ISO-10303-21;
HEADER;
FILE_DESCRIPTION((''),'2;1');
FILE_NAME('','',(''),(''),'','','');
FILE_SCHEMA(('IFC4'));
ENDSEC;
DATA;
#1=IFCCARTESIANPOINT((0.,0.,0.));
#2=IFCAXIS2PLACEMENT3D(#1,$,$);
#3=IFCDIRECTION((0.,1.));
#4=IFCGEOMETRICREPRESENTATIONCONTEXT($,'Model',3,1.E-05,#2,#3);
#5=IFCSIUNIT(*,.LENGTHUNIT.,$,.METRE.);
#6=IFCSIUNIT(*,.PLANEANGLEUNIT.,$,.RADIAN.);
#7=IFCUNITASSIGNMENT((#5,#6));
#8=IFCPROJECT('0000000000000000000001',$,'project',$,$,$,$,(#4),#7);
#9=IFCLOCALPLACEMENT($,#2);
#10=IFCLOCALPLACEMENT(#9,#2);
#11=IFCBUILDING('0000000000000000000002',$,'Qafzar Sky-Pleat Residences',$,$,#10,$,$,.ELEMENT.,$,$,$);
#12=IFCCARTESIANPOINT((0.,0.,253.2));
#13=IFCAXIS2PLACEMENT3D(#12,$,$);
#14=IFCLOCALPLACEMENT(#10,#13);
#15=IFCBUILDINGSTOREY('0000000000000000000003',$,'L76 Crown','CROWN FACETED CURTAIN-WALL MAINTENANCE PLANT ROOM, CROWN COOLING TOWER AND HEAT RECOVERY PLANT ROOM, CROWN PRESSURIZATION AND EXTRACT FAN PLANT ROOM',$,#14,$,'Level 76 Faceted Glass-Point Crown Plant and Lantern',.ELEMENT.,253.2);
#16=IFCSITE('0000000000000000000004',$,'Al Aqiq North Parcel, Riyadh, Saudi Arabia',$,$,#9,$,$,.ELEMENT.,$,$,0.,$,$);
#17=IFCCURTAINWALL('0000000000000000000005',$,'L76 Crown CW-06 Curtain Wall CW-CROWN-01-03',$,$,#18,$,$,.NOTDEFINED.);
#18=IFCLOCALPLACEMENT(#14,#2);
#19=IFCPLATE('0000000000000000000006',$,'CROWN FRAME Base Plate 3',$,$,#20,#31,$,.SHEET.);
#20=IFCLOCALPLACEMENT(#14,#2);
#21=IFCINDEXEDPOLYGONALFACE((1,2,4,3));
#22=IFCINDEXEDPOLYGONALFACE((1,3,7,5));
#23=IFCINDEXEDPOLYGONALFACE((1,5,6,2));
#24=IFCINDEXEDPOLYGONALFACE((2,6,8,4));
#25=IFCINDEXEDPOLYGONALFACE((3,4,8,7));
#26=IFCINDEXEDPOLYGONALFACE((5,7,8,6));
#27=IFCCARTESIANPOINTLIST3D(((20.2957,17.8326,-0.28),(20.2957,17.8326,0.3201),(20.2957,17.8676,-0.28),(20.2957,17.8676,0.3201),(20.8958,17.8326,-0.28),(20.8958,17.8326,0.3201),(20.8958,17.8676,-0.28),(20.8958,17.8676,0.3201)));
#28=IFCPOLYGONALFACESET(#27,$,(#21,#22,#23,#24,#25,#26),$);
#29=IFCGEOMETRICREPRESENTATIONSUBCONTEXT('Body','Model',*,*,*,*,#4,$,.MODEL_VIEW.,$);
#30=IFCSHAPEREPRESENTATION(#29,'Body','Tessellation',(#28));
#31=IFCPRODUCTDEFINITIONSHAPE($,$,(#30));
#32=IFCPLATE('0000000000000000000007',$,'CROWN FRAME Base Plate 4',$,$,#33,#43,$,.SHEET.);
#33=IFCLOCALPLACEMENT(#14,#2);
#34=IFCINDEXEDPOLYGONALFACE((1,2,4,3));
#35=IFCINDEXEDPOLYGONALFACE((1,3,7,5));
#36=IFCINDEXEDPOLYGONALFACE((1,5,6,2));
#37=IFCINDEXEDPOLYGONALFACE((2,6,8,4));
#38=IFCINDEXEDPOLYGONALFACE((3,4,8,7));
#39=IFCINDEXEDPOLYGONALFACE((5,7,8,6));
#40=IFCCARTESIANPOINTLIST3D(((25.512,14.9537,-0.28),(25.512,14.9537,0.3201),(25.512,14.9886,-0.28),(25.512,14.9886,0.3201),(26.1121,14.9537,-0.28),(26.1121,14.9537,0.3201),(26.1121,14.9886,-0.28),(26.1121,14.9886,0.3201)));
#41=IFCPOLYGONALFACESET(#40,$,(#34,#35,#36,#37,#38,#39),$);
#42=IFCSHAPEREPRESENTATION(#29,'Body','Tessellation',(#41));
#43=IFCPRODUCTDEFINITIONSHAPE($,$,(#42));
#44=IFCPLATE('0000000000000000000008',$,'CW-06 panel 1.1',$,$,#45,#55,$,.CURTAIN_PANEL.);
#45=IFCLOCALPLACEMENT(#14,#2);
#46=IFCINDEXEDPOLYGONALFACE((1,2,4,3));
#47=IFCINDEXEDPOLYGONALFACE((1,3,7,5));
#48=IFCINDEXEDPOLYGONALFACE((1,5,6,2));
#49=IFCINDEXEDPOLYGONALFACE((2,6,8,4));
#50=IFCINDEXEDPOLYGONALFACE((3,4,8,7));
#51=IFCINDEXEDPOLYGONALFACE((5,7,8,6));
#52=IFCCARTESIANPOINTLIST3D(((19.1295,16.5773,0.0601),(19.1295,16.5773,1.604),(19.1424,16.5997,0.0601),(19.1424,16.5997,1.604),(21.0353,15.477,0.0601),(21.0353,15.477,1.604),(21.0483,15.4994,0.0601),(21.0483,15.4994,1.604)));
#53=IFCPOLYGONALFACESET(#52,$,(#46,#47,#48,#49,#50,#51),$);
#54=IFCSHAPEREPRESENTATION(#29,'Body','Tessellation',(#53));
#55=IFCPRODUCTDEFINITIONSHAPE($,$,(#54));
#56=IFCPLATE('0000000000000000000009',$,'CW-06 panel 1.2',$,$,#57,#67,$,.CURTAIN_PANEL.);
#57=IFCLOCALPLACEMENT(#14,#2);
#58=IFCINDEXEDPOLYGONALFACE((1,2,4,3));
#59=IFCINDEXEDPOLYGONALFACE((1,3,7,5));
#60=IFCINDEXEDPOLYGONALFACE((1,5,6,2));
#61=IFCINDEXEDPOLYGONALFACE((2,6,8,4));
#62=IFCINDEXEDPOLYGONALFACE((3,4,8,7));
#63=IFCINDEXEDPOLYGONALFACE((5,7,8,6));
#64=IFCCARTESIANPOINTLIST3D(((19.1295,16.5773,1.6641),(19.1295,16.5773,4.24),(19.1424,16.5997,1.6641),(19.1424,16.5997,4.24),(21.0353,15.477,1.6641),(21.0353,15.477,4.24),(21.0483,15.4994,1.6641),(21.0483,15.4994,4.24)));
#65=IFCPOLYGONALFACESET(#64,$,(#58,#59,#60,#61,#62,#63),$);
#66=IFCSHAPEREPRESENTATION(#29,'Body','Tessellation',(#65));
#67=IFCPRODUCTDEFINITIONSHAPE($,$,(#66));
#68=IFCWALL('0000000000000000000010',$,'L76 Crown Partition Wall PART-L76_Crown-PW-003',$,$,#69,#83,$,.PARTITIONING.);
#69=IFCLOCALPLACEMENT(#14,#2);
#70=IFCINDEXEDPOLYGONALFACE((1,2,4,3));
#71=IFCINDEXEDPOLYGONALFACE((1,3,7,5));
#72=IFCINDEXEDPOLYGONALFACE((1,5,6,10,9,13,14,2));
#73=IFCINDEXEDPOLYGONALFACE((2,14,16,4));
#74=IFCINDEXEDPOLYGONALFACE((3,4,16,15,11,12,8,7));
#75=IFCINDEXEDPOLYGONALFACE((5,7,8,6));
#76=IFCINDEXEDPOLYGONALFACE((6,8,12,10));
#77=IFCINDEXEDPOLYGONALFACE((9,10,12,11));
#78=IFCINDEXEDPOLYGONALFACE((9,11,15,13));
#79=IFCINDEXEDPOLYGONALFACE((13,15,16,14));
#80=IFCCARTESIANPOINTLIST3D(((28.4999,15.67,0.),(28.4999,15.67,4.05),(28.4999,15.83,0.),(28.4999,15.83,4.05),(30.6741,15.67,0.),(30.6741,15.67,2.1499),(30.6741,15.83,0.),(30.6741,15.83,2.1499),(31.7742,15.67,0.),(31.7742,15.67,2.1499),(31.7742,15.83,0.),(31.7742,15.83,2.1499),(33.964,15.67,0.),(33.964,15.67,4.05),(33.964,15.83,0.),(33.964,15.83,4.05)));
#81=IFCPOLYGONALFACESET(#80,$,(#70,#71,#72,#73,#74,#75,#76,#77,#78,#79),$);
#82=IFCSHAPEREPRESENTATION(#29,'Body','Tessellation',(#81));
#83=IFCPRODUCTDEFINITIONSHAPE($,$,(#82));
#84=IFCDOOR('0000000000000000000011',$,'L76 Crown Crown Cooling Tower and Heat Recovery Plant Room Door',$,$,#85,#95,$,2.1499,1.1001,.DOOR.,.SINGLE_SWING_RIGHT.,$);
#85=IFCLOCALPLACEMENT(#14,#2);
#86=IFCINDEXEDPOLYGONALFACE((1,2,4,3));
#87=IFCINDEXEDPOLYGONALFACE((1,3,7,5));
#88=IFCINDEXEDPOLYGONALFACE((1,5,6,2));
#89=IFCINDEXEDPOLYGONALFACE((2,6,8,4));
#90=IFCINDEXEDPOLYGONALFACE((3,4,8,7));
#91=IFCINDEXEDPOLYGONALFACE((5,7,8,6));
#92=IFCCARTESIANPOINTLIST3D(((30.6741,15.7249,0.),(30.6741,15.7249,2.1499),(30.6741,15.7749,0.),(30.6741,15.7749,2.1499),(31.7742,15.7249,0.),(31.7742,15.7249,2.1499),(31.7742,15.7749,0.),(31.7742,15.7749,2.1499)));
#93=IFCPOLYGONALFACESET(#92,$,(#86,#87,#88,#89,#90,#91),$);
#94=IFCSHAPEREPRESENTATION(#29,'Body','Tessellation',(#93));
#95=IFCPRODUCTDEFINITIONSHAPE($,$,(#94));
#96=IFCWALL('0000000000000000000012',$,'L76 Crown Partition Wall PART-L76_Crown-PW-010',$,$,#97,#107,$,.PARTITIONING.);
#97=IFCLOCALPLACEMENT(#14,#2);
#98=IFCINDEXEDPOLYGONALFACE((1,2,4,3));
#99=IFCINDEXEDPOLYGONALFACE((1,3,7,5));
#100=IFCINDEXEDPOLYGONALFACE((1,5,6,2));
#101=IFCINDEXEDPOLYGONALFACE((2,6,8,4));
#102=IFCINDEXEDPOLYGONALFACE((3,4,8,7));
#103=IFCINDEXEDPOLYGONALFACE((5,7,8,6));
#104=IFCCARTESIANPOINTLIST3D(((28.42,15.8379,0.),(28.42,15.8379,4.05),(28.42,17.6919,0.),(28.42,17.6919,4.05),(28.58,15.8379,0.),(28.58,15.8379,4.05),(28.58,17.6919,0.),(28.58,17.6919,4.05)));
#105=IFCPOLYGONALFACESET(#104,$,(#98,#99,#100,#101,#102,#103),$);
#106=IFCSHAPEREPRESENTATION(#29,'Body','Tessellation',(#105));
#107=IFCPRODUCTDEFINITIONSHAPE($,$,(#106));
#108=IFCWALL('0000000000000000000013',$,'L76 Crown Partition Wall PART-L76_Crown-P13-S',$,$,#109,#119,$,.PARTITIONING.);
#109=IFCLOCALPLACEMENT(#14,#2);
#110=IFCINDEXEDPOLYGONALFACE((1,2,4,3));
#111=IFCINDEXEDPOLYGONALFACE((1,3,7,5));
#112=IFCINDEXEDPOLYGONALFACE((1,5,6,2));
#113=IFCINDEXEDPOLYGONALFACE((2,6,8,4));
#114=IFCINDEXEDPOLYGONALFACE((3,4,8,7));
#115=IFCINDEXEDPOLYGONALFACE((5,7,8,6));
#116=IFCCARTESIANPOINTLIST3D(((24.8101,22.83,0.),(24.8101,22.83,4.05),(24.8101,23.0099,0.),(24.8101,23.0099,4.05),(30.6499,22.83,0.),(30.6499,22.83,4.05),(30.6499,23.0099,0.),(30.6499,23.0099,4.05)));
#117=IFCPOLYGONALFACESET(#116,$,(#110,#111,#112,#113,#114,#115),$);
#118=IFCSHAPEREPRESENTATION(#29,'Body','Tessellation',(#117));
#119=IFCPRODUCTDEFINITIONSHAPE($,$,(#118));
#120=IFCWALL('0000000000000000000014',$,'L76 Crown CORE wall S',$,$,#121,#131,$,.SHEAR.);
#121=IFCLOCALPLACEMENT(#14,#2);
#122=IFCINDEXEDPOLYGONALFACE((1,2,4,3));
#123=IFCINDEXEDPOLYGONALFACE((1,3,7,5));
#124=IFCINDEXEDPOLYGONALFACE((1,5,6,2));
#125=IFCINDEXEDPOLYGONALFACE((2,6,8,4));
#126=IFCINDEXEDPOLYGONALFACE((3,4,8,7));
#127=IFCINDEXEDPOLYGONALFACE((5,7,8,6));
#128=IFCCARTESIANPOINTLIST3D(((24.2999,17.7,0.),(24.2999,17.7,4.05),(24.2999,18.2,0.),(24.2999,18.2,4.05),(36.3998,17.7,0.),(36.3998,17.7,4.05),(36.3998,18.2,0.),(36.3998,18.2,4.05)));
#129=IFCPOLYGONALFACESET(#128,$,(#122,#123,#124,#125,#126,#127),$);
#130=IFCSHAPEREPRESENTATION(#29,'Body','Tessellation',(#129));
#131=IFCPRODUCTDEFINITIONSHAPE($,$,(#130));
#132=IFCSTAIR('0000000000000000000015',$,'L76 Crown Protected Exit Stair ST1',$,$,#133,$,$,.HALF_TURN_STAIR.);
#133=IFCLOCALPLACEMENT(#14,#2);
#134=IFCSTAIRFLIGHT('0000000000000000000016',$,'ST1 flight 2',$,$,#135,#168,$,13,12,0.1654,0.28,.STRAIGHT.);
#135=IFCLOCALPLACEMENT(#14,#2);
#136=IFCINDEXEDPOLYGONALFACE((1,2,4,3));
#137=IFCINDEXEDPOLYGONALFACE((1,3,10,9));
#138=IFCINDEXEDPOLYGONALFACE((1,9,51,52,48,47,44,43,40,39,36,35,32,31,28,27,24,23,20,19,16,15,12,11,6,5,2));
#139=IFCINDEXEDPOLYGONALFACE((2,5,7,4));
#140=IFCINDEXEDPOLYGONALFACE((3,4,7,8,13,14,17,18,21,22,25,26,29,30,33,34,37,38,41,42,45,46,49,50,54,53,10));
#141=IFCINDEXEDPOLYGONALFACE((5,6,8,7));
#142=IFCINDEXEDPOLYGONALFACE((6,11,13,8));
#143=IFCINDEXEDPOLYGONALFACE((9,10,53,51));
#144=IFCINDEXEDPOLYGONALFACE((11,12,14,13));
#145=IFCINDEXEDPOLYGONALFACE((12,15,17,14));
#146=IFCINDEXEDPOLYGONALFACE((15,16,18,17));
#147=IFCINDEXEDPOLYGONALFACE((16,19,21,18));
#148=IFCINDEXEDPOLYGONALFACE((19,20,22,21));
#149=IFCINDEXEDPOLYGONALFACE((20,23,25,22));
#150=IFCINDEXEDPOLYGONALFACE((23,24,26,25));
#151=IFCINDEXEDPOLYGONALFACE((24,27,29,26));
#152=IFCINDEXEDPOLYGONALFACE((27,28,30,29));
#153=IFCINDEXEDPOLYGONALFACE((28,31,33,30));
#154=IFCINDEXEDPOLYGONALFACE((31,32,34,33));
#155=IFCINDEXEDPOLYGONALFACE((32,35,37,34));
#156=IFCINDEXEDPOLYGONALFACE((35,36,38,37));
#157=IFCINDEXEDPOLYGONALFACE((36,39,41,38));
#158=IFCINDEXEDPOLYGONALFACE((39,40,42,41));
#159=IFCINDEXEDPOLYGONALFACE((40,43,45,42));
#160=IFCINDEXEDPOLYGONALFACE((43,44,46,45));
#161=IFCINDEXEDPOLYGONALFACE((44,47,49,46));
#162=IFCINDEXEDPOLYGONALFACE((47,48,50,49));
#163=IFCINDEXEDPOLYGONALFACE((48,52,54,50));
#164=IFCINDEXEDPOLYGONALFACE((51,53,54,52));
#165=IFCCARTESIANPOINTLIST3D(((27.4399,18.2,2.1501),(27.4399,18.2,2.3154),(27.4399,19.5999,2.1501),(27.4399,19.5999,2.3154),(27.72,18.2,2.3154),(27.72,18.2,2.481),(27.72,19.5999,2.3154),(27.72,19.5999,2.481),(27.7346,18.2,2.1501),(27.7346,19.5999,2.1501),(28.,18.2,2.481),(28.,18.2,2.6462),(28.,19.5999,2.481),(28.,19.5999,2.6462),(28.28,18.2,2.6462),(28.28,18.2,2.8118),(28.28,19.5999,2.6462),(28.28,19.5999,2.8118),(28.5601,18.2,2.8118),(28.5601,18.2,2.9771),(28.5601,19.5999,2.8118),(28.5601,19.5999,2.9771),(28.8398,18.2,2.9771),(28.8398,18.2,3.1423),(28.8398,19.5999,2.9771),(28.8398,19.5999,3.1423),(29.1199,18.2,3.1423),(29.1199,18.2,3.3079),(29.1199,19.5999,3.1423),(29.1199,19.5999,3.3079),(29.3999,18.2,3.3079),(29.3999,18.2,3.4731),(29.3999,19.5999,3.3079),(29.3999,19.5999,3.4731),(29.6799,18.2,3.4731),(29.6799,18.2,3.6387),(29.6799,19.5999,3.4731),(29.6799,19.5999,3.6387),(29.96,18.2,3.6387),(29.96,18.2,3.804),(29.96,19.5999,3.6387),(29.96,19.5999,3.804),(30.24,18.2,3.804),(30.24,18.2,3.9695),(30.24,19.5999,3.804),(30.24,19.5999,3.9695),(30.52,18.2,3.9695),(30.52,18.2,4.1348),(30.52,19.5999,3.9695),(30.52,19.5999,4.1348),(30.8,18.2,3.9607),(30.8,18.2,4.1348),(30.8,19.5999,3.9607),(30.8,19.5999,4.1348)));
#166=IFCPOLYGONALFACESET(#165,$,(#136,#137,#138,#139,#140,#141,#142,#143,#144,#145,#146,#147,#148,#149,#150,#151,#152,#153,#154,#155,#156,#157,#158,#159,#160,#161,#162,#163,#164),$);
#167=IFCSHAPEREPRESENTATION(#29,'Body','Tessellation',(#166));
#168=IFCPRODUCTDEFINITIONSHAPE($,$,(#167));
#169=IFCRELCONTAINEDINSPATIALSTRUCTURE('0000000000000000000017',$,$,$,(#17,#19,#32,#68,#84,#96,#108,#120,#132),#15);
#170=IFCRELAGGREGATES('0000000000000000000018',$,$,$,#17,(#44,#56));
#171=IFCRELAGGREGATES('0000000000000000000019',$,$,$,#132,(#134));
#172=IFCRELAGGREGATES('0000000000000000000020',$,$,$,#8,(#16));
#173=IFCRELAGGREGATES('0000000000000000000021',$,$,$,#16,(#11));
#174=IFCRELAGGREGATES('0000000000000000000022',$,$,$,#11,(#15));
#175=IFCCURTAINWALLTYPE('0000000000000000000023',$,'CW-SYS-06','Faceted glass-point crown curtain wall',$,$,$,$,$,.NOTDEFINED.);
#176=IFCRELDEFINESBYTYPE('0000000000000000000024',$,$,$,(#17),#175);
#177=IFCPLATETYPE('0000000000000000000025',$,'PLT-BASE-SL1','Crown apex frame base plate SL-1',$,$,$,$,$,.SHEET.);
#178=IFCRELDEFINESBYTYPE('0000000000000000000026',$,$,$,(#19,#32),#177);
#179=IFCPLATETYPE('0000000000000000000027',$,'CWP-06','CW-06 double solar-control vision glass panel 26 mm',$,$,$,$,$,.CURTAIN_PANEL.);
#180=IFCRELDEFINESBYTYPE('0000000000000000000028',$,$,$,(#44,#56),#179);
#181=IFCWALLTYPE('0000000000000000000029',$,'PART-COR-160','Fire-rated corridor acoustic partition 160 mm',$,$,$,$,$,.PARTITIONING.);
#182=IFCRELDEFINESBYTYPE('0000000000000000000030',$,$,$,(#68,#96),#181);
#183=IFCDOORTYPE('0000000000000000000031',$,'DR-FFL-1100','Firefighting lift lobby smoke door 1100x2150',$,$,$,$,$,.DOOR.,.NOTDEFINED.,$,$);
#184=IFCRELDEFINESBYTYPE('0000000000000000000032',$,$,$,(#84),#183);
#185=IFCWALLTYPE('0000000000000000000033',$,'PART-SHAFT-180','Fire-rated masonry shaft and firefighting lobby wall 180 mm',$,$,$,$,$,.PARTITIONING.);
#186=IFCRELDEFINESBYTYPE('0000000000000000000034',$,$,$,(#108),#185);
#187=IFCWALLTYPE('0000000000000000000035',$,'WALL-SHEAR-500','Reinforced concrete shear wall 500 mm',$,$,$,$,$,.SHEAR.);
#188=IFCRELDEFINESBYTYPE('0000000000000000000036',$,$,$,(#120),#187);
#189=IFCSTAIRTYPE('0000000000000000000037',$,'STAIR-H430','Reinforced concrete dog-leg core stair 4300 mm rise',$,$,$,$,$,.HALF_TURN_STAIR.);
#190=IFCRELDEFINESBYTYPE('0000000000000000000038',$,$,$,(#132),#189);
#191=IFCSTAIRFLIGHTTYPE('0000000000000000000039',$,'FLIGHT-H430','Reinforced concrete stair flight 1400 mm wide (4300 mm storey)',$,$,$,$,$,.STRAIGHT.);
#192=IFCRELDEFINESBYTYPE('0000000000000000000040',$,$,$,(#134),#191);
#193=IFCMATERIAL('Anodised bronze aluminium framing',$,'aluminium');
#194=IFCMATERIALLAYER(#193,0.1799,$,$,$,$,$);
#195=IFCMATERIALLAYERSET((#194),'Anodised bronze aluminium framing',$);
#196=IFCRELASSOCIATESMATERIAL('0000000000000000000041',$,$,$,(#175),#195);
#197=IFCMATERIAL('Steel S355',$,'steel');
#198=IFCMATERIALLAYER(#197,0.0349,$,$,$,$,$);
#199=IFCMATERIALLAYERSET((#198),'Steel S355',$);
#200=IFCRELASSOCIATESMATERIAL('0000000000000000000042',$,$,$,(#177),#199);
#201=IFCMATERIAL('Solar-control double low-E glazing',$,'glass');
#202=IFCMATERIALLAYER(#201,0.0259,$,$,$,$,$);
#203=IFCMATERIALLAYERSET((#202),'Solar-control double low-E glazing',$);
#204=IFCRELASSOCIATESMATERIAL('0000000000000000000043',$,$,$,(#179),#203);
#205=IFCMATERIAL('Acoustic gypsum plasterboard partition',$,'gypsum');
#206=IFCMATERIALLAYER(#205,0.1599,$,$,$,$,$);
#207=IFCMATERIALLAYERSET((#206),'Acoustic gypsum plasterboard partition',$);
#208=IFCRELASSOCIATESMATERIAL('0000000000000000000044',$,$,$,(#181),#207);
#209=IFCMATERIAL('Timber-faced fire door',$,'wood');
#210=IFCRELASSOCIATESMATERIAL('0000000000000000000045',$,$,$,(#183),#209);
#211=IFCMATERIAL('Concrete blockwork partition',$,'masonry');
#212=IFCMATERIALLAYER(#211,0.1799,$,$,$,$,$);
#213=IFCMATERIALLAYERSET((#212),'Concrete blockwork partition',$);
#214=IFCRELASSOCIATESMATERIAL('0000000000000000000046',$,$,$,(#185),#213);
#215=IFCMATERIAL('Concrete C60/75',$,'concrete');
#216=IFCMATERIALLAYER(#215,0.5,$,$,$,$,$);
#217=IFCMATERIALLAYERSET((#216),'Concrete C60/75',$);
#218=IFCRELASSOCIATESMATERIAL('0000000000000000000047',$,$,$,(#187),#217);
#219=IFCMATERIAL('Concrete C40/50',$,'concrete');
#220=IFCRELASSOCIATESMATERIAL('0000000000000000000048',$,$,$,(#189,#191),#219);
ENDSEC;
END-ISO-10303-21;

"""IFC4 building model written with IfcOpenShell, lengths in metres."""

from ifc_helpers import new_model, si_unit, direction, frame, frame_2d, origin, origin_2d, place, context, subcontext, project, spatial, polyline, rectangle, outline, extrude, source, transform, mapped, material, layer, layer_set, type_object, element, fill, aggregate, save


model = new_model("IFC4")

# Units and contexts
model_context = context("Model", 3, precision=1e-05, world=origin(), true_north=direction((0.0, 1.0)))
body_context = subcontext(model_context, "Body", "Model", "MODEL_VIEW")
ifc_project = project(units=[si_unit("LENGTHUNIT", "METRE"), si_unit("PLANEANGLEUNIT", "RADIAN")], contexts=[model_context])

# Site, building, storey
site_placement = place(None, origin())
site = spatial("IfcSite", under=ifc_project, at=site_placement, Name="Al Aqiq North Parcel, Riyadh, Saudi Arabia", CompositionType="ELEMENT", RefElevation=0.0)
building_placement = place(site_placement, origin())
building = spatial("IfcBuilding", under=site, at=building_placement, Name="Qafzar Sky-Pleat Residences", CompositionType="ELEMENT")
storey_placement = place(building_placement, frame((0.0, 0.0, 253.2)))
storey = spatial("IfcBuildingStorey", under=building, at=storey_placement, Name="L76 Crown", Description="CROWN FACETED CURTAIN-WALL MAINTENANCE PLANT ROOM, CROWN COOLING TOWER AND HEAT RECOVERY PLANT ROOM, CROWN PRESSURIZATION AND EXTRACT FAN PLANT ROOM", LongName="Level 76 Faceted Glass-Point Crown Plant and Lantern", CompositionType="ELEMENT", Elevation=253.2)

# Shared definitions
ifc_material_1 = material(Name="Steel S355", Category="steel")

# Curtain wall
ifc_material_2 = material(Name="Anodised bronze aluminium framing", Category="aluminium")
ifc_layer_1 = layer(ifc_material_2, 0.1799)
ifc_layer_set_1 = layer_set([ifc_layer_1], Name="Anodised bronze aluminium framing")
curtain_wall_type = type_object("IfcCurtainWallType", Name="CW-SYS-06", Description="Faceted glass-point crown curtain wall", PredefinedType="NOTDEFINED", material=ifc_layer_set_1)
curtain_wall_placement = place(storey_placement, origin())
curtain_wall = element("IfcCurtainWall", 1, at=curtain_wall_placement, inside=storey, type_object=curtain_wall_type, Name="L76 Crown CW-06 Curtain Wall CW-CROWN-01-03", PredefinedType="NOTDEFINED")

# Plates
ifc_layer_2 = layer(ifc_material_1, 0.0349)
ifc_layer_set_2 = layer_set([ifc_layer_2], Name="Steel S355")
plate_type_1 = type_object("IfcPlateType", Name="PLT-BASE-SL1", Description="Crown apex frame base plate SL-1", PredefinedType="SHEET", material=ifc_layer_set_2)
shared_shape_1 = source(origin(), body_context, "Body", "SweptSolid", [
    extrude(rectangle(XDim=0.6001, YDim=0.0349, at=origin_2d()), origin(), (0.0, 0.0, 1.0), 0.6001),
])
for number, where, z_axis, x_axis, name in (
    (2, (20.5957, 17.8501, -0.28), (0.0, 0.0, 1.0), (1.0, 0.0, 0.0), "CROWN FRAME Base Plate 3"),
    (3, (25.812, 14.9712, -0.28), (0.0, 0.0, 1.0), (1.0, 0.0, 0.0), "CROWN FRAME Base Plate 4"),
):
    element("IfcPlate", number, at=place(storey_placement, frame(where, z_axis=z_axis, x_axis=x_axis)), inside=storey, type_object=plate_type_1, Name=name, PredefinedType="SHEET", context=body_context, shape_type="MappedRepresentation", body=[
        mapped(shared_shape_1, transform((0.0, 0.0, 0.0), x_axis=(1.0, 0.0, 0.0), y_axis=(0.0, 1.0, 0.0), z_axis=(0.0, 0.0, 1.0), scale=1.0)),
    ])

# Plates
ifc_material_3 = material(Name="Solar-control double low-E glazing", Category="glass")
ifc_layer_3 = layer(ifc_material_3, 0.0259)
ifc_layer_set_3 = layer_set([ifc_layer_3], Name="Solar-control double low-E glazing")
plate_type_2 = type_object("IfcPlateType", Name="CWP-06", Description="CW-06 double solar-control vision glass panel 26 mm", PredefinedType="CURTAIN_PANEL", material=ifc_layer_set_3)
shared_shape_2 = source(origin(), body_context, "Body", "SweptSolid", [
    extrude(rectangle(XDim=2.2007, YDim=0.0259, at=origin_2d()), origin(), (0.0, 0.0, 1.0), 1.5439),
])
plate_1_placement = place(storey_placement, frame((20.0889, 16.0383, 0.0601), z_axis=(0.0, 0.0, 1.0), x_axis=(0.866025, -0.5, 0.0)))
plate_1 = element("IfcPlate", 4, at=plate_1_placement, type_object=plate_type_2, Name="CW-06 panel 1.1", PredefinedType="CURTAIN_PANEL", context=body_context, shape_type="MappedRepresentation", body=[
    mapped(shared_shape_2, transform((0.0, 0.0, 0.0), x_axis=(1.0, 0.0, 0.0), y_axis=(0.0, 1.0, 0.0), z_axis=(0.0, 0.0, 1.0), scale=1.0)),
])
shared_shape_3 = source(origin(), body_context, "Body", "SweptSolid", [
    extrude(rectangle(XDim=2.2007, YDim=0.0259, at=origin_2d()), origin(), (0.0, 0.0, 1.0), 2.5759),
])
plate_2_placement = place(storey_placement, frame((20.0889, 16.0383, 1.6641), z_axis=(0.0, 0.0, 1.0), x_axis=(0.866025, -0.5, 0.0)))
plate_2 = element("IfcPlate", 5, at=plate_2_placement, type_object=plate_type_2, Name="CW-06 panel 1.2", PredefinedType="CURTAIN_PANEL", context=body_context, shape_type="MappedRepresentation", body=[
    mapped(shared_shape_3, transform((0.0, 0.0, 0.0), x_axis=(1.0, 0.0, 0.0), y_axis=(0.0, 1.0, 0.0), z_axis=(0.0, 0.0, 1.0), scale=1.0)),
])
aggregate(curtain_wall, [plate_1, plate_2])

# Wall, opening, door
ifc_material_4 = material(Name="Acoustic gypsum plasterboard partition", Category="gypsum")
ifc_layer_4 = layer(ifc_material_4, 0.1599)
ifc_layer_set_4 = layer_set([ifc_layer_4], Name="Acoustic gypsum plasterboard partition")
wall_type_1 = type_object("IfcWallType", Name="PART-COR-160", Description="Fire-rated corridor acoustic partition 160 mm", PredefinedType="PARTITIONING", material=ifc_layer_set_4)
wall_1_placement = place(storey_placement, frame((28.5, 15.75, 0.0), z_axis=(0.0, 0.0, 1.0), x_axis=(1.0, 0.0, 0.0)))
wall_1 = element("IfcWall", 6, at=wall_1_placement, inside=storey, type_object=wall_type_1, Name="L76 Crown Partition Wall PART-L76_Crown-PW-003", PredefinedType="PARTITIONING", context=body_context, shape_type="SweptSolid", body=[
    extrude(rectangle(XDim=5.4641, YDim=0.1599, at=frame_2d((2.7319, 0.0))), origin(), (0.0, 0.0, 1.0), 4.05),
])
opening_1_placement = place(wall_1_placement, frame((2.1741, 0.0, 0.0)))
opening_1 = element("IfcOpeningElement", 7, at=opening_1_placement, cuts=wall_1, PredefinedType="OPENING", context=body_context, shape_type="SweptSolid", body=[
    extrude(rectangle(XDim=1.1001, YDim=2.1499, at=frame_2d((0.55, 1.075))), frame((0.0, 0.0898, 0.0), z_axis=(0.0, -1.0, 0.0), x_axis=(1.0, 0.0, 0.0)), (0.0, 0.0, 1.0), 0.1799),
])
ifc_material_5 = material(Name="Timber-faced fire door", Category="wood")
door_type_1 = type_object("IfcDoorType", Name="DR-FFL-1100", Description="Firefighting lift lobby smoke door 1100x2150", OperationType="NOTDEFINED", PredefinedType="DOOR", material=ifc_material_5)
shared_shape_4 = source(origin(), body_context, "Body", "SweptSolid", [
    extrude(rectangle(XDim=1.1001, YDim=2.1499, at=frame_2d((0.55, 1.075))), frame((0.0, 0.0249, 0.0), z_axis=(0.0, -1.0, 0.0), x_axis=(1.0, 0.0, 0.0)), (0.0, 0.0, 1.0), 0.05),
])
door_1_placement = place(opening_1_placement, origin())
door_1 = element("IfcDoor", 8, at=door_1_placement, inside=storey, type_object=door_type_1, Name="L76 Crown Crown Cooling Tower and Heat Recovery Plant Room Door", OperationType="SINGLE_SWING_RIGHT", OverallHeight=2.1499, OverallWidth=1.1001, PredefinedType="DOOR", context=body_context, shape_type="MappedRepresentation", body=[
    mapped(shared_shape_4, transform((0.0, 0.0, 0.0), x_axis=(1.0, 0.0, 0.0), y_axis=(0.0, 1.0, 0.0), z_axis=(0.0, 0.0, 1.0), scale=1.0)),
])
fill(opening_1, door_1)

# Walls
wall_2_placement = place(storey_placement, frame((28.5, 15.8379, 0.0), z_axis=(0.0, 0.0, 1.0), x_axis=(0.0, 1.0, 0.0)))
element("IfcWall", 9, at=wall_2_placement, inside=storey, type_object=wall_type_1, Name="L76 Crown Partition Wall PART-L76_Crown-PW-010", PredefinedType="PARTITIONING", context=body_context, shape_type="SweptSolid", body=[
    extrude(rectangle(XDim=1.854, YDim=0.1599, at=frame_2d((0.927, 0.0))), origin(), (0.0, 0.0, 1.0), 4.05),
])
ifc_material_6 = material(Name="Concrete blockwork partition", Category="masonry")
ifc_layer_5 = layer(ifc_material_6, 0.1799)
ifc_layer_set_5 = layer_set([ifc_layer_5], Name="Concrete blockwork partition")
wall_type_2 = type_object("IfcWallType", Name="PART-SHAFT-180", Description="Fire-rated masonry shaft and firefighting lobby wall 180 mm", PredefinedType="PARTITIONING", material=ifc_layer_set_5)
wall_3_placement = place(storey_placement, frame((24.8101, 22.9199, 0.0), z_axis=(0.0, 0.0, 1.0), x_axis=(1.0, 0.0, 0.0)))
element("IfcWall", 10, at=wall_3_placement, inside=storey, type_object=wall_type_2, Name="L76 Crown Partition Wall PART-L76_Crown-P13-S", PredefinedType="PARTITIONING", context=body_context, shape_type="SweptSolid", body=[
    extrude(rectangle(XDim=5.8398, YDim=0.1799, at=frame_2d((2.9199, 0.0))), origin(), (0.0, 0.0, 1.0), 4.05),
])

# Shared definitions
ifc_material_7 = material(Name="Concrete C60/75", Category="concrete")

# Wall
ifc_layer_6 = layer(ifc_material_7, 0.5)
ifc_layer_set_6 = layer_set([ifc_layer_6], Name="Concrete C60/75")
wall_type_3 = type_object("IfcWallType", Name="WALL-SHEAR-500", Description="Reinforced concrete shear wall 500 mm", PredefinedType="SHEAR", material=ifc_layer_set_6)
wall_4_placement = place(storey_placement, frame((24.3, 17.95, 0.0), z_axis=(0.0, 0.0, 1.0), x_axis=(1.0, 0.0, 0.0)))
element("IfcWall", 11, at=wall_4_placement, inside=storey, type_object=wall_type_3, Name="L76 Crown CORE wall S", PredefinedType="SHEAR", context=body_context, shape_type="SweptSolid", body=[
    extrude(rectangle(XDim=12.0999, YDim=0.5, at=frame_2d((6.0498, 0.0))), origin(), (0.0, 0.0, 1.0), 4.05),
])

# Stair, stair flight
ifc_material_8 = material(Name="Concrete C40/50", Category="concrete")
stair_type = type_object("IfcStairType", Name="STAIR-H430", Description="Reinforced concrete dog-leg core stair 4300 mm rise", PredefinedType="HALF_TURN_STAIR", material=ifc_material_8)
stair_placement = place(storey_placement, origin())
stair = element("IfcStair", 12, at=stair_placement, inside=storey, type_object=stair_type, Name="L76 Crown Protected Exit Stair ST1", PredefinedType="HALF_TURN_STAIR")
stair_flight_type = type_object("IfcStairFlightType", Name="FLIGHT-H430", Description="Reinforced concrete stair flight 1400 mm wide (4300 mm storey)", PredefinedType="STRAIGHT", material=ifc_material_8)
shared_shape_5 = source(origin(), body_context, "Body", "SweptSolid", [
    extrude(outline(polyline([(0.0, 0.0), (0.0, 0.1653), (0.28, 0.1653), (0.28, 0.3308), (0.5601, 0.3308), (0.5601, 0.4961), (0.8401, 0.4961), (0.8401, 0.6616), (1.1201, 0.6616), (1.1201, 0.8269), (1.3999, 0.8269), (1.3999, 0.9922), (1.6799, 0.9922), (1.6799, 1.1577), (1.96, 1.1577), (1.96, 1.323), (2.24, 1.323), (2.24, 1.4885), (2.52, 1.4885), (2.52, 1.6538), (2.8, 1.6538), (2.8, 1.8193), (3.0801, 1.8193), (3.0801, 1.9846), (3.3601, 1.9846), (3.3601, 2.1499), (3.3601, 1.8105), (0.2947, 0.0), (0.0, 0.0)])), frame((0.0, 0.7, 0.0), z_axis=(0.0, -1.0, 0.0), x_axis=(1.0, 0.0, 0.0)), (0.0, 0.0, 1.0), 1.3999),
])
stair_flight_placement = place(storey_placement, frame((27.4399, 18.8999, 2.1501), z_axis=(0.0, 0.0, 1.0), x_axis=(1.0, 0.0, 0.0)))
stair_flight = element("IfcStairFlight", 13, at=stair_flight_placement, type_object=stair_flight_type, Name="ST1 flight 2", NumberOfRisers=13, NumberOfTreads=12, PredefinedType="STRAIGHT", RiserHeight=0.1654, TreadLength=0.28, context=body_context, shape_type="MappedRepresentation", body=[
    mapped(shared_shape_5, transform((0.0, 0.0, 0.0), x_axis=(1.0, 0.0, 0.0), y_axis=(0.0, 1.0, 0.0), z_axis=(0.0, 0.0, 1.0), scale=1.0)),
])
aggregate(stair, [stair_flight])

save(model, "model.ifc")
